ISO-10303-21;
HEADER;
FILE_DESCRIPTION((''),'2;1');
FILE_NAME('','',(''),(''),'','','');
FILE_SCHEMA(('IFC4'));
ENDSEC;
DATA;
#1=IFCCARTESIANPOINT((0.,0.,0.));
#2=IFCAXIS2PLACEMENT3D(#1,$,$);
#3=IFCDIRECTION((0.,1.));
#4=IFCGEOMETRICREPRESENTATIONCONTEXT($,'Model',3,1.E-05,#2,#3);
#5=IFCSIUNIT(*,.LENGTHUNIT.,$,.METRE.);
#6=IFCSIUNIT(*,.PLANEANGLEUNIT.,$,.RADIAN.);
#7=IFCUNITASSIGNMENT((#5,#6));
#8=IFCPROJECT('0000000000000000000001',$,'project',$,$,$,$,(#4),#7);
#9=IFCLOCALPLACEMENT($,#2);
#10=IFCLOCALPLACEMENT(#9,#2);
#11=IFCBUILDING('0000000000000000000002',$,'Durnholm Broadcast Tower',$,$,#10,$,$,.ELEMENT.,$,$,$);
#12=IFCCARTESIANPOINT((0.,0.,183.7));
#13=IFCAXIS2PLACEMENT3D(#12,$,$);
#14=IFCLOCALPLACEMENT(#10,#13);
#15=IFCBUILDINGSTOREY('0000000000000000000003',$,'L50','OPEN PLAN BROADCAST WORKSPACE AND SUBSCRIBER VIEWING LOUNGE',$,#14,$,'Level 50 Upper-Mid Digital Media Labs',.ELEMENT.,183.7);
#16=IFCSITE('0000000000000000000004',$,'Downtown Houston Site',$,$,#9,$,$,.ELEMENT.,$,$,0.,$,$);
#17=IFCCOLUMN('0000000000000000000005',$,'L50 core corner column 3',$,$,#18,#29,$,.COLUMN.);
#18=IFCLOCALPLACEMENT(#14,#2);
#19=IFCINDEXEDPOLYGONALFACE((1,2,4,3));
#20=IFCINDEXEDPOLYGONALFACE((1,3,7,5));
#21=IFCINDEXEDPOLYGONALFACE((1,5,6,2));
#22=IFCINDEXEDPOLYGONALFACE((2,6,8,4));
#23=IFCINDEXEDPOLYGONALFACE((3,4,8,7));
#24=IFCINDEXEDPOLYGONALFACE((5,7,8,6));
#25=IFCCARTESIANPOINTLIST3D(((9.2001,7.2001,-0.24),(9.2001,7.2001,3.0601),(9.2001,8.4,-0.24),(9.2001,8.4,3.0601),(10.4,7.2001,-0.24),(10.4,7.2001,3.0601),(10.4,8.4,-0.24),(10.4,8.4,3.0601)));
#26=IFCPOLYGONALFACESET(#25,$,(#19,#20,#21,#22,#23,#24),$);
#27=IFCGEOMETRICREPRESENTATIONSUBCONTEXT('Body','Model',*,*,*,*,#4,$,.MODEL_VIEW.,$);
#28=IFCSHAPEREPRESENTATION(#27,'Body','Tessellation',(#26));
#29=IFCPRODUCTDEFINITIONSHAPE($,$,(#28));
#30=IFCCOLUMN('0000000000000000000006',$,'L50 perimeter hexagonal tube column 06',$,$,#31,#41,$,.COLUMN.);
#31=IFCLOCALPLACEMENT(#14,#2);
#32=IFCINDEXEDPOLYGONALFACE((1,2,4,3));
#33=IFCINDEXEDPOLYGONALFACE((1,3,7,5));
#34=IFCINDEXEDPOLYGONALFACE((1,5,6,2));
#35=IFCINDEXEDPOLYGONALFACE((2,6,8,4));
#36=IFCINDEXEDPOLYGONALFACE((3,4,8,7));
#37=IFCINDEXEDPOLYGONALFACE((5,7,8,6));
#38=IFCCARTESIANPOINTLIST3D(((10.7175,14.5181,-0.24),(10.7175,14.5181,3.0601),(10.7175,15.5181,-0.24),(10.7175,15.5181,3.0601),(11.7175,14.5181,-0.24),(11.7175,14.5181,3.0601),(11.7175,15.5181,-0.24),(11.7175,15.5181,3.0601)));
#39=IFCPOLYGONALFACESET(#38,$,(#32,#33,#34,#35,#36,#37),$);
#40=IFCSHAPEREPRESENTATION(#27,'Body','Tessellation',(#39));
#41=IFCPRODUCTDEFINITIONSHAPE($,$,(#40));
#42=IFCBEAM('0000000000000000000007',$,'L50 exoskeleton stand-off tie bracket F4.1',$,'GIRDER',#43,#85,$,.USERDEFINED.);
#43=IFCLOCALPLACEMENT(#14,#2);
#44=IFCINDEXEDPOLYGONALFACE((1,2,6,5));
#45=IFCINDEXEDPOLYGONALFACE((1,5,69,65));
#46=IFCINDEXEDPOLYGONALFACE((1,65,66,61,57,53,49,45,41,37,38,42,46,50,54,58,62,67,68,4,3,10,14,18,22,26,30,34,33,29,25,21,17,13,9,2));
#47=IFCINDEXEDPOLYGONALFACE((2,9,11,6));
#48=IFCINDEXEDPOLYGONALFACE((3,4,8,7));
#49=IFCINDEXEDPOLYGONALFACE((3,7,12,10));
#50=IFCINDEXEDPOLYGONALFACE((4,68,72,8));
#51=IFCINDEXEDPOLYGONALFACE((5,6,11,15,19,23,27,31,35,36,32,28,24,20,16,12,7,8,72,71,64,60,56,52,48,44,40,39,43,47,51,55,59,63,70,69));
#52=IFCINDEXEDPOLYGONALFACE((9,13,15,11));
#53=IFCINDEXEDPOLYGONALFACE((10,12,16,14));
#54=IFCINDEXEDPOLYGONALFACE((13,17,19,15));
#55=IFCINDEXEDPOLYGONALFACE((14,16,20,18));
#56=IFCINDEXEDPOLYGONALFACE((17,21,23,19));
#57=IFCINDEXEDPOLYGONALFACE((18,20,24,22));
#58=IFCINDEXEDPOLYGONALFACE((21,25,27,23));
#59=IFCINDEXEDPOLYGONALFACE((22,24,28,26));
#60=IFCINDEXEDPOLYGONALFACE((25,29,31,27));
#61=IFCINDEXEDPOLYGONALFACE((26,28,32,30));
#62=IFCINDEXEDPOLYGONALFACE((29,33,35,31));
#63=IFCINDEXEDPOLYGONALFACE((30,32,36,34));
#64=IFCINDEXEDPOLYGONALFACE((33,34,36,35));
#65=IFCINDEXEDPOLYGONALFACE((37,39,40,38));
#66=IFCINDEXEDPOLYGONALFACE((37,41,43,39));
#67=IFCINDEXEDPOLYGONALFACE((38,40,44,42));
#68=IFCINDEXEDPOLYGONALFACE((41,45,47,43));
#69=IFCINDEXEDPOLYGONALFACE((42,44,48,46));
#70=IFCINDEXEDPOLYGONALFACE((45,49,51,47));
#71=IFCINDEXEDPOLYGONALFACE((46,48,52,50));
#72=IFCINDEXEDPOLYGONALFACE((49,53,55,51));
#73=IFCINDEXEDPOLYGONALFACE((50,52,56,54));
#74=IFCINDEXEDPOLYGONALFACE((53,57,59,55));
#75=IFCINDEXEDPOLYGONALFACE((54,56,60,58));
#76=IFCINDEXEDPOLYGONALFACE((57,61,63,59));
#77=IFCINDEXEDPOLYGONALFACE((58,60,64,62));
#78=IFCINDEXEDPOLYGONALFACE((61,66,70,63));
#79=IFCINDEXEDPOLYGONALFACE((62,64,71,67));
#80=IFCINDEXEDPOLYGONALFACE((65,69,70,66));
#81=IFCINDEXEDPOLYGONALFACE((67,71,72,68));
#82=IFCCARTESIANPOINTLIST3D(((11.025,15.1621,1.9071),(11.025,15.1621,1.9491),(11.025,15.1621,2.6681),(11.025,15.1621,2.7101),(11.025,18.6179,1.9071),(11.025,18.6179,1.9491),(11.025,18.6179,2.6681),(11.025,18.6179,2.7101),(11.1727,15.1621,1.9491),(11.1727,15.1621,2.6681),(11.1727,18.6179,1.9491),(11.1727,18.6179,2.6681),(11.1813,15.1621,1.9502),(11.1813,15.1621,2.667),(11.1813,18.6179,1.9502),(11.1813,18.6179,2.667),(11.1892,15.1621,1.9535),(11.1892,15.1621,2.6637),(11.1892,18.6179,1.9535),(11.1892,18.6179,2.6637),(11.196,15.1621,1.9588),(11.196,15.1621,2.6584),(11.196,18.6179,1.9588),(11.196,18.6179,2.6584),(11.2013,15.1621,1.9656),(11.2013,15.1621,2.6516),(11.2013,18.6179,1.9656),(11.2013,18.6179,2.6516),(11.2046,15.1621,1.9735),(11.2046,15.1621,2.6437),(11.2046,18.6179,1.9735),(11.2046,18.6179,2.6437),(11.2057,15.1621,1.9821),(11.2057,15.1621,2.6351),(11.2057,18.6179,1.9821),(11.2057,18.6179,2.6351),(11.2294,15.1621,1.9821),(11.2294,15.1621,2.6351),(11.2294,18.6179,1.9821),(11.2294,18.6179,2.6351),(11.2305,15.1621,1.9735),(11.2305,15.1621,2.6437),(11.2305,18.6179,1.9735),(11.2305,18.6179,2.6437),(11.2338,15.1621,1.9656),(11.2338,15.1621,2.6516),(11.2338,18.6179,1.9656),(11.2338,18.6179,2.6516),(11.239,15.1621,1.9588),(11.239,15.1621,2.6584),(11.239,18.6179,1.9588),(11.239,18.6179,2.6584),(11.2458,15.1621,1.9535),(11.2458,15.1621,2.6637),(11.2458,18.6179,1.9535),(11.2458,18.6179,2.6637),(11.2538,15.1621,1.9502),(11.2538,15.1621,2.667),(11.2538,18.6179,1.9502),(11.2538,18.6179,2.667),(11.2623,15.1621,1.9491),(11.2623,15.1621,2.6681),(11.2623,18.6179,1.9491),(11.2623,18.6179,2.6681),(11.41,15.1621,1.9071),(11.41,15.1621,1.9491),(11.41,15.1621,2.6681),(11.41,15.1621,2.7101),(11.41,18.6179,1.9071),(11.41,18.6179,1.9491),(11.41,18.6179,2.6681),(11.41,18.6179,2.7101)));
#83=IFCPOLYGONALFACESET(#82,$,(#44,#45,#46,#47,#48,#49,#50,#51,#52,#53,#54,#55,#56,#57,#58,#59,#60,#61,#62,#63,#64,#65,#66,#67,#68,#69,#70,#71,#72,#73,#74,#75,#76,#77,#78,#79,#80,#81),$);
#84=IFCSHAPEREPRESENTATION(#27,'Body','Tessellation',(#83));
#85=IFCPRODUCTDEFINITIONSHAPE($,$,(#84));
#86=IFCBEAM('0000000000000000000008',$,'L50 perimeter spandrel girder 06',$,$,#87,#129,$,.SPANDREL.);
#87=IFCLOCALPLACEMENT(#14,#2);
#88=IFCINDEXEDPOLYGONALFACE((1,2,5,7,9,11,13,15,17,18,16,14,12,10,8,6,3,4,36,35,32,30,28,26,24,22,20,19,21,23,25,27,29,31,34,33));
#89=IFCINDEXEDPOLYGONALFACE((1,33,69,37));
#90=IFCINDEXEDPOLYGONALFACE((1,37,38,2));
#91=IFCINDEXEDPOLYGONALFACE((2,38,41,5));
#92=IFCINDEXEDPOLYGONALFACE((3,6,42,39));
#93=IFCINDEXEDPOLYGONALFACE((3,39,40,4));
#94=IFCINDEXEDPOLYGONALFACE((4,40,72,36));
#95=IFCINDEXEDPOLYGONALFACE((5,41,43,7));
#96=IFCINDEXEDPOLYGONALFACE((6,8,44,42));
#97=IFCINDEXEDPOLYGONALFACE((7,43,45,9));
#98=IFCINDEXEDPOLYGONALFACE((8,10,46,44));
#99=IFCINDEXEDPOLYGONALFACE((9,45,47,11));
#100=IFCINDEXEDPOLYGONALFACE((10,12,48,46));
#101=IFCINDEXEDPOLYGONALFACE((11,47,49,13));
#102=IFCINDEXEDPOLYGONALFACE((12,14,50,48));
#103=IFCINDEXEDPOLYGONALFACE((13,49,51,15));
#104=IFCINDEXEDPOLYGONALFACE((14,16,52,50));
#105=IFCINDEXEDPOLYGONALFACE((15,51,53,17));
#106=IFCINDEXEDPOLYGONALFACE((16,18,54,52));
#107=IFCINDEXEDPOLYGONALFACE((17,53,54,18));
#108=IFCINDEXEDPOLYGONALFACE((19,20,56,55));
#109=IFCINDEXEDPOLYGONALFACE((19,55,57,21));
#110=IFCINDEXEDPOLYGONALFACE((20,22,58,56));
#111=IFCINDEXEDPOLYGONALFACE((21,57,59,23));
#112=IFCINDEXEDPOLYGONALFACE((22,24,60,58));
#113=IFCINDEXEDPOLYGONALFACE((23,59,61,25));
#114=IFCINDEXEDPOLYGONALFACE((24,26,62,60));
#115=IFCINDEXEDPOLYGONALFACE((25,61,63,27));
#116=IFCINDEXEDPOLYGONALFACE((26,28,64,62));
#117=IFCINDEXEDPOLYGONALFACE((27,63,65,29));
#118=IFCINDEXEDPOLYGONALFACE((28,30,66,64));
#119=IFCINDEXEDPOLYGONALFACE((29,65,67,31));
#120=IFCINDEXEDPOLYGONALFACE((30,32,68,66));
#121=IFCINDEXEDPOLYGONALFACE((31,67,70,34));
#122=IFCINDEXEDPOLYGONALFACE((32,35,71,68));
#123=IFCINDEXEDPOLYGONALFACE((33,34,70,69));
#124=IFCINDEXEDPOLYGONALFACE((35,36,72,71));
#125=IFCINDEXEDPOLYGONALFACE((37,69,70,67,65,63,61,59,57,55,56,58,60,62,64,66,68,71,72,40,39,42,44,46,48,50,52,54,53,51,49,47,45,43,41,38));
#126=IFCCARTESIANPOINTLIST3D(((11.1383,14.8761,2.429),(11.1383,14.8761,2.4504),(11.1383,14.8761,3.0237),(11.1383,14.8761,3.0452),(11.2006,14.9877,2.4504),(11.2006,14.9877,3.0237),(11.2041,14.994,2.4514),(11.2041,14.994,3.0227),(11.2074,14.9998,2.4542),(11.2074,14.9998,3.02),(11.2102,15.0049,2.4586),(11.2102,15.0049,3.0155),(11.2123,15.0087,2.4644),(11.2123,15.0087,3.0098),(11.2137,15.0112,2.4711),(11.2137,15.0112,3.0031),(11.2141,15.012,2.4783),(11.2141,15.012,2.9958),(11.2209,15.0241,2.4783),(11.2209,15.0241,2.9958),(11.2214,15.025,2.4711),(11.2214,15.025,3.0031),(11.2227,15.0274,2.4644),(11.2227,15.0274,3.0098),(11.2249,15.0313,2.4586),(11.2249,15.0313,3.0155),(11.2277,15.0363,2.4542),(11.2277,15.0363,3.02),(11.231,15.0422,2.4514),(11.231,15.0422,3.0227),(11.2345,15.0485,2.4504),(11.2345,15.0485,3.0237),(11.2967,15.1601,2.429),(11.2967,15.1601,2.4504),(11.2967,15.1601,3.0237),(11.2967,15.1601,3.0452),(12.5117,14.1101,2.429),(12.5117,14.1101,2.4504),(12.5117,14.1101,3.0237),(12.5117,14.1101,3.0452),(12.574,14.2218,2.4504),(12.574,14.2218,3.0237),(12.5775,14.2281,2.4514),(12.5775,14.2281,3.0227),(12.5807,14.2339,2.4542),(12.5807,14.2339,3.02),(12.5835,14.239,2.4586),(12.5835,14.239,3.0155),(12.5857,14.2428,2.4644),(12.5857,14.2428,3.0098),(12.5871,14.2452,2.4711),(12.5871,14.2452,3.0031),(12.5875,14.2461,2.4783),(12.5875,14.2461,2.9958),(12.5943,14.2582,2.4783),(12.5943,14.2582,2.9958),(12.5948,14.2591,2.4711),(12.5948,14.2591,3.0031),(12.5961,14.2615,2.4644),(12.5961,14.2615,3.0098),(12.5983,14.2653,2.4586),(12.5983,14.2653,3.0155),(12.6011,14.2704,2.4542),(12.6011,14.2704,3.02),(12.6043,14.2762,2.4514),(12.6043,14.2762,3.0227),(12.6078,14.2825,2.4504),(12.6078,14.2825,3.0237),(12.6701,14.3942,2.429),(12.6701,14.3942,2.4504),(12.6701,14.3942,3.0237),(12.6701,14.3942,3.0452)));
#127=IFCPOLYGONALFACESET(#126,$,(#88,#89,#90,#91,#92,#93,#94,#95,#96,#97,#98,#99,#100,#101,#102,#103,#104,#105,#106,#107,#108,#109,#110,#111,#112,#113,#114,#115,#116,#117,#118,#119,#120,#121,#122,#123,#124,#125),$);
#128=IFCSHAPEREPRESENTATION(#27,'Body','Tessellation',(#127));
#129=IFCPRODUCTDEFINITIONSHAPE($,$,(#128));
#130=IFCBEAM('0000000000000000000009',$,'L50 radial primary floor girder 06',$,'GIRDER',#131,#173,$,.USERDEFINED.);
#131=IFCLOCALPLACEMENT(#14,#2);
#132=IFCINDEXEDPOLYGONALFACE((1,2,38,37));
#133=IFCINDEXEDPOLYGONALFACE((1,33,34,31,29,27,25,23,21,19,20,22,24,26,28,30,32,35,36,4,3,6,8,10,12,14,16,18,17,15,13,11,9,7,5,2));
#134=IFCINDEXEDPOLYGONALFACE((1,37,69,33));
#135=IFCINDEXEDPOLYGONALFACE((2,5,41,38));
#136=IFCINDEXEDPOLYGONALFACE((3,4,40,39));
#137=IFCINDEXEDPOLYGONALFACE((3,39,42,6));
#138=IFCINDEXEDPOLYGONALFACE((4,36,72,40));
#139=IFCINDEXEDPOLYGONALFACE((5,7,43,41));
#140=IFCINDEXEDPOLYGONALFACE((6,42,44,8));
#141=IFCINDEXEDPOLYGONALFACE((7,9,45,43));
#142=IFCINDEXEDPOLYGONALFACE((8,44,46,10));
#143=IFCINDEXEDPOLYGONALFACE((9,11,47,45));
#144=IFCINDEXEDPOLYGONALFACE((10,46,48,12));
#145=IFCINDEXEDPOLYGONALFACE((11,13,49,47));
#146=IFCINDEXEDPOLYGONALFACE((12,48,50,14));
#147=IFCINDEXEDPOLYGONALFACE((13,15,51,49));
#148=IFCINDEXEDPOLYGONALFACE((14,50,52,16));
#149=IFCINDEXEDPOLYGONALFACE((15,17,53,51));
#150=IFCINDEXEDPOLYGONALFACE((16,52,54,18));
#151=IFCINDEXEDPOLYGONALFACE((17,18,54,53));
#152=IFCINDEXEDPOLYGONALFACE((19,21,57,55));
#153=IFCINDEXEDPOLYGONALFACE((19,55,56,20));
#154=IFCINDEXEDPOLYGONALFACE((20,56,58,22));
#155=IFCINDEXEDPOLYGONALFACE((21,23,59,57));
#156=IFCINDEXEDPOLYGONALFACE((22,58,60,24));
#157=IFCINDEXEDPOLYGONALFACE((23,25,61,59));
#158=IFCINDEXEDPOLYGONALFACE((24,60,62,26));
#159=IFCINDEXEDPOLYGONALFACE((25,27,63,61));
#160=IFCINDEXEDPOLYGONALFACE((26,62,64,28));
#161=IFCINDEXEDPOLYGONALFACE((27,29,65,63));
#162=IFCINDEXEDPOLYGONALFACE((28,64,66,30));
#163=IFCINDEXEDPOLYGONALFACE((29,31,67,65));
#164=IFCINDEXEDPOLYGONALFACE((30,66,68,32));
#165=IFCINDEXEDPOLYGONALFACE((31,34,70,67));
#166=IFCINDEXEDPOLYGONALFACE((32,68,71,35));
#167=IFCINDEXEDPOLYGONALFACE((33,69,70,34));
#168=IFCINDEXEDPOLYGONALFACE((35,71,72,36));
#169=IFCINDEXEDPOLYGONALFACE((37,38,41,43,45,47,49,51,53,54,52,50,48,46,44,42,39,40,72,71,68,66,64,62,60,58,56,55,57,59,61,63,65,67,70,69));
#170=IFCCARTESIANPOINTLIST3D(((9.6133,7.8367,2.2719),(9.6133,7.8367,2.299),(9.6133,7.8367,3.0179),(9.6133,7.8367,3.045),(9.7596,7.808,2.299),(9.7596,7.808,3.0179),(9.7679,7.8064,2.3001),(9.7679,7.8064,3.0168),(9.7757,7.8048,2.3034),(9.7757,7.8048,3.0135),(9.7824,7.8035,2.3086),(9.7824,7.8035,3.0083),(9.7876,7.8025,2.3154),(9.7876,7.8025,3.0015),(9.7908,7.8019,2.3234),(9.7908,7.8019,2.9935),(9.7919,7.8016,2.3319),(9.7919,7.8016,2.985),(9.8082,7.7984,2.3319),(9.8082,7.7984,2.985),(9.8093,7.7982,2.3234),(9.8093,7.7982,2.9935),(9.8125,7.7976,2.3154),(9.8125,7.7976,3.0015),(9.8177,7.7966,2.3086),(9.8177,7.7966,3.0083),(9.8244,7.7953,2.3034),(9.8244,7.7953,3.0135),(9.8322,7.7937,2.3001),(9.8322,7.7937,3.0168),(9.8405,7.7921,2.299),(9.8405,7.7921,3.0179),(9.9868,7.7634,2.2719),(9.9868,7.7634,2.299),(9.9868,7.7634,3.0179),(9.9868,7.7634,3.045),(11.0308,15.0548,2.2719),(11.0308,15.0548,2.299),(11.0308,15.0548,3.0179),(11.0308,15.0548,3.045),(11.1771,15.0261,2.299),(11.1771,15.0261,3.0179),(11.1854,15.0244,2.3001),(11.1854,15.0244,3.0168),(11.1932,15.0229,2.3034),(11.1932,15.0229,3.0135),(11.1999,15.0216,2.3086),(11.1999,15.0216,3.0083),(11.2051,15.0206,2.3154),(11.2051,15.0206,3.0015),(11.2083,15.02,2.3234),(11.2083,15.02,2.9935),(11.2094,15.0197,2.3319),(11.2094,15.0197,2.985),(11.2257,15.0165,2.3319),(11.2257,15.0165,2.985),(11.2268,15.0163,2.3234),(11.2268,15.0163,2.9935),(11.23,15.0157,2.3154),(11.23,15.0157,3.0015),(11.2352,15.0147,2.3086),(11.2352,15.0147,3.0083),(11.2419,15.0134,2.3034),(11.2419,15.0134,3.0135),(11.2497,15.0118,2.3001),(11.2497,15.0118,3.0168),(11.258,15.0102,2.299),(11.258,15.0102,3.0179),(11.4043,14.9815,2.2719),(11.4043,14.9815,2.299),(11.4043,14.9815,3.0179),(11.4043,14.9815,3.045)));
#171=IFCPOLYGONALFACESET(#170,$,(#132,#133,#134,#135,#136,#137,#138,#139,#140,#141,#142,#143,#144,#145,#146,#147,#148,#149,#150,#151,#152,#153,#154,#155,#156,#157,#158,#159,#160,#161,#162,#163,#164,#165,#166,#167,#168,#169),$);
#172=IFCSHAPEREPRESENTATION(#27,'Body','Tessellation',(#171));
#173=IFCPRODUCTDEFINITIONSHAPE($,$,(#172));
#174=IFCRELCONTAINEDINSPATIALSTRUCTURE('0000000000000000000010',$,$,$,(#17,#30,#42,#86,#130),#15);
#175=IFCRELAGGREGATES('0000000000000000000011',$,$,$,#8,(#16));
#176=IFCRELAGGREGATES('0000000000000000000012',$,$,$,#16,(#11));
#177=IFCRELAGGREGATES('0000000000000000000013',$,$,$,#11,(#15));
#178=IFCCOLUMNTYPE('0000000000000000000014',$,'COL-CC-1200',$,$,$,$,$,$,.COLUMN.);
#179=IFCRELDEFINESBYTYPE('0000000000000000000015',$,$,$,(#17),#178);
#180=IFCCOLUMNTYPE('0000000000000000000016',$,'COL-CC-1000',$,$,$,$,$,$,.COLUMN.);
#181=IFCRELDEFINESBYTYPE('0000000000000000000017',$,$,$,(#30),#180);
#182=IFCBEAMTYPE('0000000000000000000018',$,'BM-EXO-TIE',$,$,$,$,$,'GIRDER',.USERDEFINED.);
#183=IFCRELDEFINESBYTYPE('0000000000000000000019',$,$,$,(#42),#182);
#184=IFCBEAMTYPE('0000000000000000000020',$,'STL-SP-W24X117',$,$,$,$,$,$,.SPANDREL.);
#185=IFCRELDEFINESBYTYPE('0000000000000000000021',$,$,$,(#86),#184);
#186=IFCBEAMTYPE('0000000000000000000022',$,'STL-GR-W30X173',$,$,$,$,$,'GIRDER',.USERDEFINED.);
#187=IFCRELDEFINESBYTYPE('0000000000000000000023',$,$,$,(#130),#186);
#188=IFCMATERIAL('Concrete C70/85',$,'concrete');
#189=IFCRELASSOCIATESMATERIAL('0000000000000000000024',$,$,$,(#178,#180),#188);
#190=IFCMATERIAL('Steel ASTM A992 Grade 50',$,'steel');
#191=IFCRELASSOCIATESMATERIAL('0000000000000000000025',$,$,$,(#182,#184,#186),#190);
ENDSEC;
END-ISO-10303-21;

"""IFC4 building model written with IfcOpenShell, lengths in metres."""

from ifc_helpers import new_model, si_unit, direction, frame, origin, origin_2d, place, context, subcontext, project, spatial, rectangle, i_section, extrude, source, transform, mapped, material, material_profile, profile_set, type_object, type_shapes, element, save


model = new_model("IFC4")

# Units and contexts
model_context = context("Model", 3, precision=1e-05, world=origin(), true_north=direction((0.0, 1.0)))
body_context = subcontext(model_context, "Body", "Model", "MODEL_VIEW")
ifc_project = project(units=[si_unit("LENGTHUNIT", "METRE"), si_unit("PLANEANGLEUNIT", "RADIAN")], contexts=[model_context])

# Site, building, storey
site_placement = place(None, origin())
site = spatial("IfcSite", under=ifc_project, at=site_placement, Name="Downtown Houston Site", CompositionType="ELEMENT", RefElevation=0.0)
building_placement = place(site_placement, origin())
building = spatial("IfcBuilding", under=site, at=building_placement, Name="Durnholm Broadcast Tower", CompositionType="ELEMENT")
storey_placement = place(building_placement, frame((0.0, 0.0, 183.7)))
storey = spatial("IfcBuildingStorey", under=building, at=storey_placement, Name="L50", Description="OPEN PLAN BROADCAST WORKSPACE AND SUBSCRIBER VIEWING LOUNGE", LongName="Level 50 Upper-Mid Digital Media Labs", CompositionType="ELEMENT", Elevation=183.7)

# Columns
ifc_material_1 = material(Name="Concrete C70/85", Category="concrete")
ifc_material_profile_1 = material_profile(ifc_material_1, rectangle(XDim=1.2, YDim=1.2, at=origin_2d()), Name="RC1200X1200")
ifc_profile_set_1 = profile_set([ifc_material_profile_1], Name="Concrete C70/85")
column_type_1 = type_object("IfcColumnType", Name="COL-CC-1200", PredefinedType="COLUMN", material=ifc_profile_set_1)
shared_shape_1 = source(origin(), body_context, "Body", "SweptSolid", [
    extrude(rectangle(XDim=1.2, YDim=1.2, at=origin_2d()), origin(), (0.0, 0.0, 1.0), 3.3),
])
type_shapes(column_type_1, [shared_shape_1])
column_1_placement = place(storey_placement, frame((9.8, 7.8, -0.24), z_axis=(0.0, 0.0, 1.0), x_axis=(1.0, 0.0, 0.0)))
element("IfcColumn", 1, at=column_1_placement, inside=storey, type_object=column_type_1, Name="L50 core corner column 3", PredefinedType="COLUMN", context=body_context, shape_type="MappedRepresentation", body=[
    mapped(shared_shape_1, transform((0.0, 0.0, 0.0), x_axis=(1.0, 0.0, 0.0), y_axis=(0.0, 1.0, 0.0), z_axis=(0.0, 0.0, 1.0), scale=1.0)),
])
ifc_material_profile_2 = material_profile(ifc_material_1, rectangle(XDim=1.0, YDim=1.0, at=origin_2d()), Name="RC1000X1000")
ifc_profile_set_2 = profile_set([ifc_material_profile_2], Name="Concrete C70/85")
column_type_2 = type_object("IfcColumnType", Name="COL-CC-1000", PredefinedType="COLUMN", material=ifc_profile_set_2)
shared_shape_2 = source(origin(), body_context, "Body", "SweptSolid", [
    extrude(rectangle(XDim=1.0, YDim=1.0, at=origin_2d()), origin(), (0.0, 0.0, 1.0), 3.3),
])
type_shapes(column_type_2, [shared_shape_2])
column_2_placement = place(storey_placement, frame((11.2175, 15.0181, -0.24), z_axis=(0.0, 0.0, 1.0), x_axis=(1.0, 0.0, 0.0)))
element("IfcColumn", 2, at=column_2_placement, inside=storey, type_object=column_type_2, Name="L50 perimeter hexagonal tube column 06", PredefinedType="COLUMN", context=body_context, shape_type="MappedRepresentation", body=[
    mapped(shared_shape_2, transform((0.0, 0.0, 0.0), x_axis=(1.0, 0.0, 0.0), y_axis=(0.0, 1.0, 0.0), z_axis=(0.0, 0.0, 1.0), scale=1.0)),
])

# Beams
ifc_material_2 = material(Name="Steel ASTM A992 Grade 50", Category="steel")
ifc_material_profile_3 = material_profile(ifc_material_2, i_section(OverallWidth=0.385, OverallDepth=0.803, WebThickness=0.0237, FlangeThickness=0.042, FilletRadius=0.033, at=origin_2d()), Name="W30X261")
ifc_profile_set_3 = profile_set([ifc_material_profile_3], Name="Steel ASTM A992 Grade 50")
beam_type_1 = type_object("IfcBeamType", Name="BM-EXO-TIE", ElementType="GIRDER", PredefinedType="USERDEFINED", material=ifc_profile_set_3)
shared_shape_3 = source(origin(), body_context, "Body", "SweptSolid", [
    extrude(i_section(OverallWidth=0.385, OverallDepth=0.803, WebThickness=0.0237, FlangeThickness=0.042, FilletRadius=0.033, at=origin_2d()), origin(), (0.0, 0.0, 1.0), 3.4558),
])
type_shapes(beam_type_1, [shared_shape_3])
beam_1_placement = place(storey_placement, frame((11.2175, 15.1621, 2.3086), z_axis=(0.0, 1.0, 0.0), x_axis=(-1.0, 0.0, 0.0)))
element("IfcBeam", 3, at=beam_1_placement, inside=storey, type_object=beam_type_1, Name="L50 exoskeleton stand-off tie bracket F4.1", ObjectType="GIRDER", PredefinedType="USERDEFINED", context=body_context, shape_type="MappedRepresentation", body=[
    mapped(shared_shape_3, transform((0.0, 0.0, 0.0), x_axis=(1.0, 0.0, 0.0), y_axis=(0.0, 1.0, 0.0), z_axis=(0.0, 0.0, 1.0), scale=1.0)),
])
ifc_material_profile_4 = material_profile(ifc_material_2, i_section(OverallWidth=0.3252, OverallDepth=0.6162, WebThickness=0.0139, FlangeThickness=0.0215, FilletRadius=0.0278, at=origin_2d()), Name="W24X117")
ifc_profile_set_4 = profile_set([ifc_material_profile_4], Name="Steel ASTM A992 Grade 50")
beam_type_2 = type_object("IfcBeamType", Name="STL-SP-W24X117", PredefinedType="SPANDREL", material=ifc_profile_set_4)
shared_shape_4 = source(origin(), body_context, "Body", "SweptSolid", [
    extrude(i_section(OverallWidth=0.3252, OverallDepth=0.6162, WebThickness=0.0139, FlangeThickness=0.0215, FilletRadius=0.0278, at=origin_2d()), origin(), (0.0, 0.0, 1.0), 1.5725),
])
type_shapes(beam_type_2, [shared_shape_4])
beam_2_placement = place(storey_placement, frame((11.2175, 15.0181, 2.7371), z_axis=(0.873365, -0.487066, 0.0), x_axis=(0.487066, 0.873365, 0.0)))
element("IfcBeam", 4, at=beam_2_placement, inside=storey, type_object=beam_type_2, Name="L50 perimeter spandrel girder 06", PredefinedType="SPANDREL", context=body_context, shape_type="MappedRepresentation", body=[
    mapped(shared_shape_4, transform((0.0, 0.0, 0.0), x_axis=(1.0, 0.0, 0.0), y_axis=(0.0, 1.0, 0.0), z_axis=(0.0, 0.0, 1.0), scale=1.0)),
])
ifc_material_profile_5 = material_profile(ifc_material_2, i_section(OverallWidth=0.3806, OverallDepth=0.7732, WebThickness=0.0166, FlangeThickness=0.0271, FilletRadius=0.033, at=origin_2d()), Name="W30X173")
ifc_profile_set_5 = profile_set([ifc_material_profile_5], Name="Steel ASTM A992 Grade 50")
beam_type_3 = type_object("IfcBeamType", Name="STL-GR-W30X173", ElementType="GIRDER", PredefinedType="USERDEFINED", material=ifc_profile_set_5)
shared_shape_5 = source(origin(), body_context, "Body", "SweptSolid", [
    extrude(i_section(OverallWidth=0.3806, OverallDepth=0.7732, WebThickness=0.0166, FlangeThickness=0.0271, FilletRadius=0.033, at=origin_2d()), origin(), (0.0, 0.0, 1.0), 7.356),
])
beam_3_placement = place(storey_placement, frame((9.8, 7.8, 2.6584), z_axis=(0.1927, 0.981258, 0.0), x_axis=(-0.981258, 0.1927, 0.0)))
element("IfcBeam", 5, at=beam_3_placement, inside=storey, type_object=beam_type_3, Name="L50 radial primary floor girder 06", ObjectType="GIRDER", PredefinedType="USERDEFINED", context=body_context, shape_type="MappedRepresentation", body=[
    mapped(shared_shape_5, transform((0.0, 0.0, 0.0), x_axis=(1.0, 0.0, 0.0), y_axis=(0.0, 1.0, 0.0), z_axis=(0.0, 0.0, 1.0), scale=1.0)),
])

save(model, "model.ifc")
